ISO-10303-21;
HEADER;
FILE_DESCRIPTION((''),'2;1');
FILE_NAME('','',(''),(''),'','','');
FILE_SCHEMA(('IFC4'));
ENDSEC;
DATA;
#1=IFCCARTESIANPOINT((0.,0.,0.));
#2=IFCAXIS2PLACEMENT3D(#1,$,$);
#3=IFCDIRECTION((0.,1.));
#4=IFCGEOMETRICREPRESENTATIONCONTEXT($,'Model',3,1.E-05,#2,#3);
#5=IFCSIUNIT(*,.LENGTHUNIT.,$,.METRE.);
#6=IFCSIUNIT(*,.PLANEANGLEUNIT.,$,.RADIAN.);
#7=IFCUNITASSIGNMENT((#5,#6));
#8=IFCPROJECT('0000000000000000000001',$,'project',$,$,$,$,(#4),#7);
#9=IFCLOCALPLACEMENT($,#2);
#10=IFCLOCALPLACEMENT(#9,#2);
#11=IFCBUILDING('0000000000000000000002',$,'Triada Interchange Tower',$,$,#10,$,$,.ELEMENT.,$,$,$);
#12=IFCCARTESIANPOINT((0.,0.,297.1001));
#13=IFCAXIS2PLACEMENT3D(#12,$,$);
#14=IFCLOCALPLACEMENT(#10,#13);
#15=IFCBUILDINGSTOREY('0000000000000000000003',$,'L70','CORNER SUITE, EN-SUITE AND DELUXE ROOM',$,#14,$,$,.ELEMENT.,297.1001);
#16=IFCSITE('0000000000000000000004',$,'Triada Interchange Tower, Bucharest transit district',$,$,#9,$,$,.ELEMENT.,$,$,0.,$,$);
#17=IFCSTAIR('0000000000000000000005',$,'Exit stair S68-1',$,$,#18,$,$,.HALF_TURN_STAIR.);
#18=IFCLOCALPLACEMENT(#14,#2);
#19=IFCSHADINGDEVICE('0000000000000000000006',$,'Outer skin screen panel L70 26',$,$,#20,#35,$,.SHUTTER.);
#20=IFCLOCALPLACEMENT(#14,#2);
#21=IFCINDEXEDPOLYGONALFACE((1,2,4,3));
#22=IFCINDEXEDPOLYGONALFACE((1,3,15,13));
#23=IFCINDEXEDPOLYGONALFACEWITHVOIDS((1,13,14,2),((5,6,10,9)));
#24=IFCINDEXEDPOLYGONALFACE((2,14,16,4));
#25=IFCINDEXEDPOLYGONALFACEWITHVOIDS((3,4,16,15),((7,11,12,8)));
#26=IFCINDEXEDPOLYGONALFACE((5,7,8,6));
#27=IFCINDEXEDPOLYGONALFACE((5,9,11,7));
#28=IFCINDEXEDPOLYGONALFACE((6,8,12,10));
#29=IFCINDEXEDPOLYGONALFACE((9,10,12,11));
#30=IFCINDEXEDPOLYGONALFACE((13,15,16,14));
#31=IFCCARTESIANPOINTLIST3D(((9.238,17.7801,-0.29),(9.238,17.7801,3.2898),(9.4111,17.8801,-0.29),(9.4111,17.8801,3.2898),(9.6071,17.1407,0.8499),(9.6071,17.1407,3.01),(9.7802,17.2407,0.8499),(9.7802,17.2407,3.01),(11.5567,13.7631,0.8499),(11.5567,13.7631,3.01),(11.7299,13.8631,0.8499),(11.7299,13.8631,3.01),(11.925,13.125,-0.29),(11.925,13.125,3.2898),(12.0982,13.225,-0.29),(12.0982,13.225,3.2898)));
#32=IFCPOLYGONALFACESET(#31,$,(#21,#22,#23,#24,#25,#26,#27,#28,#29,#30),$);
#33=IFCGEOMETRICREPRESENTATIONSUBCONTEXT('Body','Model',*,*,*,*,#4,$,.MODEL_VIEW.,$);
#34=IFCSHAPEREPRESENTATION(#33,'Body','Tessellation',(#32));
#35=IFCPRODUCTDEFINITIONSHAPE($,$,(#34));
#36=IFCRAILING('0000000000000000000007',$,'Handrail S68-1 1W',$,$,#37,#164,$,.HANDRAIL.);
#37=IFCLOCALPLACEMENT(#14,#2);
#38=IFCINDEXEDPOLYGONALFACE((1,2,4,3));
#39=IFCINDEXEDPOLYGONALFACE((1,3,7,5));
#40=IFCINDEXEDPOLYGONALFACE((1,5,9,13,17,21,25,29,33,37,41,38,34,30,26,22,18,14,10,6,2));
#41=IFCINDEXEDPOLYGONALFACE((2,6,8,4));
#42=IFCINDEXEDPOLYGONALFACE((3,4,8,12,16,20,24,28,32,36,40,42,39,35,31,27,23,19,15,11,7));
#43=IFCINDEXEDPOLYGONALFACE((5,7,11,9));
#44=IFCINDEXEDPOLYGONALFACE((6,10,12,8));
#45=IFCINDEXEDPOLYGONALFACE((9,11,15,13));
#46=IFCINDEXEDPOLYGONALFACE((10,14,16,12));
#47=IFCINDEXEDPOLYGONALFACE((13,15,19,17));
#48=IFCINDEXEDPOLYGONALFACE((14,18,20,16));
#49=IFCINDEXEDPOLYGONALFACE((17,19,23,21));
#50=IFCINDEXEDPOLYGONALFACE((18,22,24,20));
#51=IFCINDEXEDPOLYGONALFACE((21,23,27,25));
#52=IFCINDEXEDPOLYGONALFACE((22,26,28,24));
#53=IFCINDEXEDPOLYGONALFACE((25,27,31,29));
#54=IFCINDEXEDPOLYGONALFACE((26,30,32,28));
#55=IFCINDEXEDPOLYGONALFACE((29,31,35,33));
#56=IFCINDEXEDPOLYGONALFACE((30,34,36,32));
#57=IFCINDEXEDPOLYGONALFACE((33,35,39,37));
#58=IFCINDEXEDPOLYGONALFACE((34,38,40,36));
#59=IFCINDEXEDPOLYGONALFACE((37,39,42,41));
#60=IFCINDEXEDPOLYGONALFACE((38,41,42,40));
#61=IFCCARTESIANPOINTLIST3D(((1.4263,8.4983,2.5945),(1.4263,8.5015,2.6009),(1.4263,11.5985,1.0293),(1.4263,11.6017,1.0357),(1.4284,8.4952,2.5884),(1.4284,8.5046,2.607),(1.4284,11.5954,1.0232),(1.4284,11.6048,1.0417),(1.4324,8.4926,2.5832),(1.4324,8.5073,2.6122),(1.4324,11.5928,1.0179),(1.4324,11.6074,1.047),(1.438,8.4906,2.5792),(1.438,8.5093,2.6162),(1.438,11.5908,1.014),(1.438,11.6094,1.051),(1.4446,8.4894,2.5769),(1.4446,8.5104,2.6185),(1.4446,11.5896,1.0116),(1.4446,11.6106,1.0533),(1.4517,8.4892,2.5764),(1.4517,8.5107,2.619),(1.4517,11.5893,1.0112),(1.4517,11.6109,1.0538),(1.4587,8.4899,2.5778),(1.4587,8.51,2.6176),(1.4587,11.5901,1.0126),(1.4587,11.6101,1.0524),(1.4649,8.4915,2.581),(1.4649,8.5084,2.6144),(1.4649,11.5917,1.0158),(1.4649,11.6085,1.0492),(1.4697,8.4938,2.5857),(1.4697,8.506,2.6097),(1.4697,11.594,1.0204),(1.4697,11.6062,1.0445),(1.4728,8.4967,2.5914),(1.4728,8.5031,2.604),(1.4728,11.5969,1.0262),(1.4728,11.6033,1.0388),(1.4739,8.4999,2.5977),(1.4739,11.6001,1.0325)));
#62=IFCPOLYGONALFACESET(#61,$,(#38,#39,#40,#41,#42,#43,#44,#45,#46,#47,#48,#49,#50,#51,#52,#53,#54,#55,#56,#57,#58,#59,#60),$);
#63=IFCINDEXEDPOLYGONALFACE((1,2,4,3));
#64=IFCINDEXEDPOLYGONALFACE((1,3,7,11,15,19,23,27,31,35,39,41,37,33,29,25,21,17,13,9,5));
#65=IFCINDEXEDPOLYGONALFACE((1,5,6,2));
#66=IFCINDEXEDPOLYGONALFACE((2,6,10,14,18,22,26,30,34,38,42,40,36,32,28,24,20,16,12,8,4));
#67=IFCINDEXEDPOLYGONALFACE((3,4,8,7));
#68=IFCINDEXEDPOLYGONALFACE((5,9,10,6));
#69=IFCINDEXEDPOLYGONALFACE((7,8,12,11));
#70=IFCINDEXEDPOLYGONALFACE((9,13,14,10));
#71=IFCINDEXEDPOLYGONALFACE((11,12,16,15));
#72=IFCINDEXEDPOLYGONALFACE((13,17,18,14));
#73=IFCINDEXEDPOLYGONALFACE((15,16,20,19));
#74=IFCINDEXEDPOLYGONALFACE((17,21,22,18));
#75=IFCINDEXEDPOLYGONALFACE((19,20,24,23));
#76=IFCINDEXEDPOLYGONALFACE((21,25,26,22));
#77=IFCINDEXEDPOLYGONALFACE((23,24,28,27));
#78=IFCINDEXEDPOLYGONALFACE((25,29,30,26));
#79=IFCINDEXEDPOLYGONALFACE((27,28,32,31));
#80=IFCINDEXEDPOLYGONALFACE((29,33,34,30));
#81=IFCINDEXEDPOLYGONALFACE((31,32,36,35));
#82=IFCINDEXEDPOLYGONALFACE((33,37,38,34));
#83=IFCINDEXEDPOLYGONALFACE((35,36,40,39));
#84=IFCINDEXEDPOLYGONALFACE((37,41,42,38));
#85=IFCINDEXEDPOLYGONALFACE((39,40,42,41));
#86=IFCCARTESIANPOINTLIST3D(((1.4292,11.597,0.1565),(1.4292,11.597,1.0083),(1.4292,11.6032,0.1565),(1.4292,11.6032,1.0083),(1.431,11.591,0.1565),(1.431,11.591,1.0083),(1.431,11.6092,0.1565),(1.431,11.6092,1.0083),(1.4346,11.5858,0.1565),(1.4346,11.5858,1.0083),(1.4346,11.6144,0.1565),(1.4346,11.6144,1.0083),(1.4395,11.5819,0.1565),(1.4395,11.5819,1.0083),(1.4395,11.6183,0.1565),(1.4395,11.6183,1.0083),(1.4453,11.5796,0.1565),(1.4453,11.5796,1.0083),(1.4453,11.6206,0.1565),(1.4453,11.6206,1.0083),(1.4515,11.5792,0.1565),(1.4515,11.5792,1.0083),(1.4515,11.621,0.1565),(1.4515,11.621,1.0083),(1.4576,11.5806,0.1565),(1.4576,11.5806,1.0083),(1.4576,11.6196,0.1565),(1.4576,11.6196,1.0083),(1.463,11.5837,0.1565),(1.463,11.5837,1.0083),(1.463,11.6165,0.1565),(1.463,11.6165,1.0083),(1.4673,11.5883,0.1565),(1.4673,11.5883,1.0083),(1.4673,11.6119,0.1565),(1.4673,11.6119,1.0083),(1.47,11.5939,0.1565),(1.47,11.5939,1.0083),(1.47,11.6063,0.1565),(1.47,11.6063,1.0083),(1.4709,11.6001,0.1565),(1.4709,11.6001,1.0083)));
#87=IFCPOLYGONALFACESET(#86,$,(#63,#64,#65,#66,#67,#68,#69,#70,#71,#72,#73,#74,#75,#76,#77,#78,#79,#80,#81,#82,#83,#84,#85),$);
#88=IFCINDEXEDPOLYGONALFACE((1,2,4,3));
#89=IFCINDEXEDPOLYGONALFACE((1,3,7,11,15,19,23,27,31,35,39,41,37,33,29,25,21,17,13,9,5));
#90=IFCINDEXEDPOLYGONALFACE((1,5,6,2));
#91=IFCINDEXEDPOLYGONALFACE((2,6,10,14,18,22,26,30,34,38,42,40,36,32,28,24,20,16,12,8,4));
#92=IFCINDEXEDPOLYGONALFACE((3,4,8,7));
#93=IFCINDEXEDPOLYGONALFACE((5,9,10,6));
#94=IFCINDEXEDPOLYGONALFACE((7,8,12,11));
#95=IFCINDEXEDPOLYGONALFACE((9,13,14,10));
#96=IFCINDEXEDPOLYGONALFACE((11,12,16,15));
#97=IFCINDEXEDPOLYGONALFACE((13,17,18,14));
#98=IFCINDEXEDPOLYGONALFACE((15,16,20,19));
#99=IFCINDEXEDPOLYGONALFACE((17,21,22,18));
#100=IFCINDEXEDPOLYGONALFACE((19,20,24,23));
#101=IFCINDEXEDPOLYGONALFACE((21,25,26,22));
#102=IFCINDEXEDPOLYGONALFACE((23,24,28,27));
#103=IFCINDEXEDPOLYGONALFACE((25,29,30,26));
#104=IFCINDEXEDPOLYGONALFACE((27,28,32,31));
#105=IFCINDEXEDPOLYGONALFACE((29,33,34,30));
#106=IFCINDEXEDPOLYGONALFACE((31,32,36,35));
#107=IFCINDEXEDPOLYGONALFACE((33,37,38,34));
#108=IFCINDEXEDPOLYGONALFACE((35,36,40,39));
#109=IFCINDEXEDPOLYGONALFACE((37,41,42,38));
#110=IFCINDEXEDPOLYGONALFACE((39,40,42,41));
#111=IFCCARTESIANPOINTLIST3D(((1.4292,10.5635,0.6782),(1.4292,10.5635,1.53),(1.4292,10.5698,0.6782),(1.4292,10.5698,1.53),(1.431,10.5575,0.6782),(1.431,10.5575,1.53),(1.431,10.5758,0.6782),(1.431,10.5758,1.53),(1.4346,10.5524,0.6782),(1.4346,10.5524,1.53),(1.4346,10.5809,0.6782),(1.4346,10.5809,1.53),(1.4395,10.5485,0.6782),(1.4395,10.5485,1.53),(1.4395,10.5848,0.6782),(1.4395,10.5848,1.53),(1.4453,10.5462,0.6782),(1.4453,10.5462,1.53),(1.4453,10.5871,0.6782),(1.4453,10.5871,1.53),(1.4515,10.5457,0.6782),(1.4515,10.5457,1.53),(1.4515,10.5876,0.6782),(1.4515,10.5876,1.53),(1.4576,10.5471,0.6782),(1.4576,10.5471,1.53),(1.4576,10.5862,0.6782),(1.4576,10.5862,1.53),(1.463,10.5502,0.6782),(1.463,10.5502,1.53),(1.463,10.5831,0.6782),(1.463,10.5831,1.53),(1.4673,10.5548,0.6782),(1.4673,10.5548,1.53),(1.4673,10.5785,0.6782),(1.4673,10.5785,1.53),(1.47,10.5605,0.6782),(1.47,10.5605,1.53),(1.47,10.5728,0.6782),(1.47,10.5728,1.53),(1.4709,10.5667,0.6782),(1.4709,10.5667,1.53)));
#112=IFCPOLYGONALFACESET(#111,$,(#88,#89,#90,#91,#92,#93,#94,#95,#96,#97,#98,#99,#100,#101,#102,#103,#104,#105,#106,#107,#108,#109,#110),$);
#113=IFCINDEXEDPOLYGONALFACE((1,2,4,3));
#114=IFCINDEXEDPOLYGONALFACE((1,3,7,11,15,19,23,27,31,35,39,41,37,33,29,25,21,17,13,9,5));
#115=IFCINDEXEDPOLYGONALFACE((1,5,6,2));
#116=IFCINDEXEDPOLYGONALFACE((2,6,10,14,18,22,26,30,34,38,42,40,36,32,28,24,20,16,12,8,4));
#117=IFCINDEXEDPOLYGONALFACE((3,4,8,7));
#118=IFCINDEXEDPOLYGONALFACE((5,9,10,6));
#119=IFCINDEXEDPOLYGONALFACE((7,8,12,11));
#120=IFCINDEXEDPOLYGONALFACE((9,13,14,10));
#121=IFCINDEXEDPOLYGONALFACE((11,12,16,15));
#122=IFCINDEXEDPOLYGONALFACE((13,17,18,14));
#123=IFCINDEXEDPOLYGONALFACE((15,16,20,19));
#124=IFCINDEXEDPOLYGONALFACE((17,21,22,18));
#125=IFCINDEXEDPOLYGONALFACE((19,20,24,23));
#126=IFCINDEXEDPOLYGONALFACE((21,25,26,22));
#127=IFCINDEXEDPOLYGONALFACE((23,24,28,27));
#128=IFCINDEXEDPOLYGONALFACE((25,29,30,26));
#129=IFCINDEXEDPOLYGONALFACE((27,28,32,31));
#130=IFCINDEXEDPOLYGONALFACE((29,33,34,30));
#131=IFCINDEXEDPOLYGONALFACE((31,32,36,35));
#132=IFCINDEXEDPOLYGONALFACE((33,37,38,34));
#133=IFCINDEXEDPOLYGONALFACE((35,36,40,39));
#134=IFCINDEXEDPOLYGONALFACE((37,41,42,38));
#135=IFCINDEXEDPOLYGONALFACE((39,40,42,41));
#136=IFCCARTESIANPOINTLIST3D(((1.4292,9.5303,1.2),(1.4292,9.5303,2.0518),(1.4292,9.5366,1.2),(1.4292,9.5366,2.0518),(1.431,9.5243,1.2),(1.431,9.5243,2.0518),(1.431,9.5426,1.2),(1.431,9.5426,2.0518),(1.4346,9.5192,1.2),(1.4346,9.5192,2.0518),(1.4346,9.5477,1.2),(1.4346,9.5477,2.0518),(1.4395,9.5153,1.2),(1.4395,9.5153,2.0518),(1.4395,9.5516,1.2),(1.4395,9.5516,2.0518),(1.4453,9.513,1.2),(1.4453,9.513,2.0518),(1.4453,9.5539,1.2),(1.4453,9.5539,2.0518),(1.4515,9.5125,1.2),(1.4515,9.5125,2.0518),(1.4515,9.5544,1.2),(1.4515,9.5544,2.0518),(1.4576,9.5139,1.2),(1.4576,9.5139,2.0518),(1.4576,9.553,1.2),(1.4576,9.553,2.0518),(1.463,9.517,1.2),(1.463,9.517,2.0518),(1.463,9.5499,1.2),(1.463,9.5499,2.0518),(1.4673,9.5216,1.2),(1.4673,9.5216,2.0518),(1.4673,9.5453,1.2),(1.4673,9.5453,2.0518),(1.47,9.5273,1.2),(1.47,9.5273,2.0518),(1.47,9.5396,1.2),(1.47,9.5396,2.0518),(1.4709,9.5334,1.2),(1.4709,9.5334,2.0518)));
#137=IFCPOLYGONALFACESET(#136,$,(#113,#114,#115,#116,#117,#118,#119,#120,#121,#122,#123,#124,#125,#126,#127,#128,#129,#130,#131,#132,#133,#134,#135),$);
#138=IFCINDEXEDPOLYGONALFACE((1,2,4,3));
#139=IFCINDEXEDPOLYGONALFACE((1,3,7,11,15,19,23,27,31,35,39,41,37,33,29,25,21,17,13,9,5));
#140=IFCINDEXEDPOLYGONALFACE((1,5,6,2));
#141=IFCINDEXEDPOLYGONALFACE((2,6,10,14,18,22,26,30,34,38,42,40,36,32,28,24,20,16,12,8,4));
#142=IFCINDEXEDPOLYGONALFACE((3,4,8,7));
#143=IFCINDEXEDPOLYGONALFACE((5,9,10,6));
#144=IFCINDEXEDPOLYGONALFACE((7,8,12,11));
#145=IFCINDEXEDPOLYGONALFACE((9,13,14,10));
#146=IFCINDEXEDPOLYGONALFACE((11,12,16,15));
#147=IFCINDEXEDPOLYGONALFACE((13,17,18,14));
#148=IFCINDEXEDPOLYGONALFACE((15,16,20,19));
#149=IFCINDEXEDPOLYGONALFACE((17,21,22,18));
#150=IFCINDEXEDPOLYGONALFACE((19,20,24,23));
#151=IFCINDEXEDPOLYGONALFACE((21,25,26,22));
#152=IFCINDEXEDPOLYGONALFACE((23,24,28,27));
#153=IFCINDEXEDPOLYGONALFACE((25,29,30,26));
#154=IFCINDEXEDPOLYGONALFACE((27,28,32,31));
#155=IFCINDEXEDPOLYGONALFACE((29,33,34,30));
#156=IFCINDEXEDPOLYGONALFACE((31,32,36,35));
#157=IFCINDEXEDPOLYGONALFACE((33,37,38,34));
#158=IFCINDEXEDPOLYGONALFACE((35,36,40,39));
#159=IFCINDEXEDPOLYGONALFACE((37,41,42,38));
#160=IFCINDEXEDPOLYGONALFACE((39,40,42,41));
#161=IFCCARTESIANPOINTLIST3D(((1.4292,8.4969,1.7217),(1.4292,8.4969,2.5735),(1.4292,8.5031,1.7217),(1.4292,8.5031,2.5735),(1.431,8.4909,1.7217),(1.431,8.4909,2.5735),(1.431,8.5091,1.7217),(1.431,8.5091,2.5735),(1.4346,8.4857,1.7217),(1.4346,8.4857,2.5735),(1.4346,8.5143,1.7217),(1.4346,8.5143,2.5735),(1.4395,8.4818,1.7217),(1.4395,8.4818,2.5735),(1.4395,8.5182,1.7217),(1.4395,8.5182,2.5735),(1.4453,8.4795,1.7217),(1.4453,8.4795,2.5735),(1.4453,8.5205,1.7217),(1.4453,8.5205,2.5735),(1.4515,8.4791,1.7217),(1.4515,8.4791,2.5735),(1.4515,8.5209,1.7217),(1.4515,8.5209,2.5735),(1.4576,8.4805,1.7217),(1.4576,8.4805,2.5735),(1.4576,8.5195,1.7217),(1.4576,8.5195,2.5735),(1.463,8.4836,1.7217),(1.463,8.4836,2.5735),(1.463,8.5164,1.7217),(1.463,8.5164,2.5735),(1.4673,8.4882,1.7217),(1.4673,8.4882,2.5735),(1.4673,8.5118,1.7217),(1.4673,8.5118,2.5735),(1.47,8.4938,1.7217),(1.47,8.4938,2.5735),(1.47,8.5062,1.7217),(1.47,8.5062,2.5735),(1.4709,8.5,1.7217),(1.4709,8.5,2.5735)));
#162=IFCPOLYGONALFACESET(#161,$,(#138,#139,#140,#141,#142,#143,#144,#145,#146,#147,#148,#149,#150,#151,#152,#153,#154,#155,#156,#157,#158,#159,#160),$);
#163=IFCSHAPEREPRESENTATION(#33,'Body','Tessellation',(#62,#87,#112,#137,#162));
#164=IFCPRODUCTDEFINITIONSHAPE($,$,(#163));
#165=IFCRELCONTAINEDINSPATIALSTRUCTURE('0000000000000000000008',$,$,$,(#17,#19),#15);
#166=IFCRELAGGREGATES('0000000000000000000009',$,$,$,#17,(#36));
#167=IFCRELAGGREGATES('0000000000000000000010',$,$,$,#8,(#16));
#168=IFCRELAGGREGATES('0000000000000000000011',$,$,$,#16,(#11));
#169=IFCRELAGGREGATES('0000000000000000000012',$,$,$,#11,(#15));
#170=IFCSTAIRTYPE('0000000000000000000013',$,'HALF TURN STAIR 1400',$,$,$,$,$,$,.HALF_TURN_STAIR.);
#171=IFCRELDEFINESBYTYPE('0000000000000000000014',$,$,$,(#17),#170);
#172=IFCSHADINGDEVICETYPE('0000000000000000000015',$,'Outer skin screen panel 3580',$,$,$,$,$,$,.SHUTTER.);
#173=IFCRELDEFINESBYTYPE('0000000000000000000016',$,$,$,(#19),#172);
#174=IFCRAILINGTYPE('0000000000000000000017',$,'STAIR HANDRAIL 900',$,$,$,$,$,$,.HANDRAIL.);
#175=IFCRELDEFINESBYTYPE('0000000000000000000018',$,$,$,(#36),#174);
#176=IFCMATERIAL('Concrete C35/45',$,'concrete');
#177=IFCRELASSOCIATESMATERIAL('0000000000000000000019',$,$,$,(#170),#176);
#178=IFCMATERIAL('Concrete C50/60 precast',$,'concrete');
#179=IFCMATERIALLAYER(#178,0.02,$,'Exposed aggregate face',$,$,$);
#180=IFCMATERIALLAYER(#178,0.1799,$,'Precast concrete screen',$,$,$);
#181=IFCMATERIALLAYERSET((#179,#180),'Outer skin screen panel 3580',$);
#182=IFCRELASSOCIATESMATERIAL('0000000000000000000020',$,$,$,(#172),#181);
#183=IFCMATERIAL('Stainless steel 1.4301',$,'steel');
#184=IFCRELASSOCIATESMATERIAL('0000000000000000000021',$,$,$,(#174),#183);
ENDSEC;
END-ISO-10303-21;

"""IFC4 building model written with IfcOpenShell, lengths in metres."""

from ifc_helpers import new_model, si_unit, direction, frame, origin, origin_2d, place, context, subcontext, project, spatial, polyline, circle, outline, extrude, material, layer, layer_set, type_object, element, aggregate, save


model = new_model("IFC4")

# Units and contexts
model_context = context("Model", 3, precision=1e-05, world=origin(), true_north=direction((0.0, 1.0)))
body_context = subcontext(model_context, "Body", "Model", "MODEL_VIEW")
ifc_project = project(units=[si_unit("LENGTHUNIT", "METRE"), si_unit("PLANEANGLEUNIT", "RADIAN")], contexts=[model_context])

# Site, building, storey
site_placement = place(None, origin())
site = spatial("IfcSite", under=ifc_project, at=site_placement, Name="Triada Interchange Tower, Bucharest transit district", CompositionType="ELEMENT", RefElevation=0.0)
building_placement = place(site_placement, origin())
building = spatial("IfcBuilding", under=site, at=building_placement, Name="Triada Interchange Tower", CompositionType="ELEMENT")
storey_placement = place(building_placement, frame((0.0, 0.0, 297.1001)))
storey = spatial("IfcBuildingStorey", under=building, at=storey_placement, Name="L70", Description="CORNER SUITE, EN-SUITE AND DELUXE ROOM", CompositionType="ELEMENT", Elevation=297.1001)

# Stair
ifc_material_1 = material(Name="Concrete C35/45", Category="concrete")
stair_type = type_object("IfcStairType", Name="HALF TURN STAIR 1400", PredefinedType="HALF_TURN_STAIR", material=ifc_material_1)
stair_placement = place(storey_placement, origin())
stair = element("IfcStair", 1, at=stair_placement, inside=storey, type_object=stair_type, Name="Exit stair S68-1", PredefinedType="HALF_TURN_STAIR")

# Shading device
ifc_material_2 = material(Name="Concrete C50/60 precast", Category="concrete")
ifc_layer_1 = layer(ifc_material_2, 0.02, Name="Exposed aggregate face")
ifc_layer_2 = layer(ifc_material_2, 0.1799, Name="Precast concrete screen")
ifc_layer_set_1 = layer_set([ifc_layer_1, ifc_layer_2], Name="Outer skin screen panel 3580")
shading_device_type = type_object("IfcShadingDeviceType", Name="Outer skin screen panel 3580", PredefinedType="SHUTTER", material=ifc_layer_set_1)
shading_device_1_placement = place(storey_placement, frame((11.925, 13.125, -0.29), z_axis=(0.0, 0.0, 1.0), x_axis=(-0.49992, 0.866071, 0.0)))
element("IfcShadingDevice", 2, at=shading_device_1_placement, inside=storey, type_object=shading_device_type, Name="Outer skin screen panel L70 26", PredefinedType="SHUTTER", context=body_context, shape_type="SweptSolid", body=[
    extrude(outline(polyline([(0.0, 0.0), (5.375, 0.0), (5.375, 3.5798), (0.0, 3.5798), (0.0, 0.0)]), holes=[polyline([(0.7368, 1.1399), (0.7368, 3.3), (4.6367, 3.3), (4.6367, 1.1399), (0.7368, 1.1399)])]), frame((0.0, 0.0, 0.0), z_axis=(0.0, -1.0, 0.0), x_axis=(1.0, 0.0, 0.0)), (0.0, 0.0, 1.0), 0.2),
])

# Railing
ifc_material_3 = material(Name="Stainless steel 1.4301", Category="steel")
railing_type = type_object("IfcRailingType", Name="STAIR HANDRAIL 900", PredefinedType="HANDRAIL", material=ifc_material_3)
railing_1_placement = place(storey_placement, frame((1.45, 11.6001, 0.1565)))
railing_1 = element("IfcRailing", 3, at=railing_1_placement, type_object=railing_type, Name="Handrail S68-1 1W", PredefinedType="HANDRAIL", context=body_context, shape_type="SweptSolid", body=[
    extrude(circle(Radius=0.0239, at=origin_2d()), frame((0.0, 0.0, 0.876), z_axis=(0.0, -0.892677, 0.450697), x_axis=(1.0, 0.0, 0.0)), (0.0, 0.0, 1.0), 3.4729),
    extrude(circle(Radius=0.021, at=origin_2d()), origin(), (0.0, 0.0, 1.0), 0.8518),
    extrude(circle(Radius=0.021, at=origin_2d()), frame((0.0, -1.0334, 0.5217)), (0.0, 0.0, 1.0), 0.8518),
    extrude(circle(Radius=0.021, at=origin_2d()), frame((0.0, -2.0667, 1.0435)), (0.0, 0.0, 1.0), 0.8518),
    extrude(circle(Radius=0.021, at=origin_2d()), frame((0.0, -3.1001, 1.5652)), (0.0, 0.0, 1.0), 0.8518),
])
aggregate(stair, [railing_1])

save(model, "model.ifc")
